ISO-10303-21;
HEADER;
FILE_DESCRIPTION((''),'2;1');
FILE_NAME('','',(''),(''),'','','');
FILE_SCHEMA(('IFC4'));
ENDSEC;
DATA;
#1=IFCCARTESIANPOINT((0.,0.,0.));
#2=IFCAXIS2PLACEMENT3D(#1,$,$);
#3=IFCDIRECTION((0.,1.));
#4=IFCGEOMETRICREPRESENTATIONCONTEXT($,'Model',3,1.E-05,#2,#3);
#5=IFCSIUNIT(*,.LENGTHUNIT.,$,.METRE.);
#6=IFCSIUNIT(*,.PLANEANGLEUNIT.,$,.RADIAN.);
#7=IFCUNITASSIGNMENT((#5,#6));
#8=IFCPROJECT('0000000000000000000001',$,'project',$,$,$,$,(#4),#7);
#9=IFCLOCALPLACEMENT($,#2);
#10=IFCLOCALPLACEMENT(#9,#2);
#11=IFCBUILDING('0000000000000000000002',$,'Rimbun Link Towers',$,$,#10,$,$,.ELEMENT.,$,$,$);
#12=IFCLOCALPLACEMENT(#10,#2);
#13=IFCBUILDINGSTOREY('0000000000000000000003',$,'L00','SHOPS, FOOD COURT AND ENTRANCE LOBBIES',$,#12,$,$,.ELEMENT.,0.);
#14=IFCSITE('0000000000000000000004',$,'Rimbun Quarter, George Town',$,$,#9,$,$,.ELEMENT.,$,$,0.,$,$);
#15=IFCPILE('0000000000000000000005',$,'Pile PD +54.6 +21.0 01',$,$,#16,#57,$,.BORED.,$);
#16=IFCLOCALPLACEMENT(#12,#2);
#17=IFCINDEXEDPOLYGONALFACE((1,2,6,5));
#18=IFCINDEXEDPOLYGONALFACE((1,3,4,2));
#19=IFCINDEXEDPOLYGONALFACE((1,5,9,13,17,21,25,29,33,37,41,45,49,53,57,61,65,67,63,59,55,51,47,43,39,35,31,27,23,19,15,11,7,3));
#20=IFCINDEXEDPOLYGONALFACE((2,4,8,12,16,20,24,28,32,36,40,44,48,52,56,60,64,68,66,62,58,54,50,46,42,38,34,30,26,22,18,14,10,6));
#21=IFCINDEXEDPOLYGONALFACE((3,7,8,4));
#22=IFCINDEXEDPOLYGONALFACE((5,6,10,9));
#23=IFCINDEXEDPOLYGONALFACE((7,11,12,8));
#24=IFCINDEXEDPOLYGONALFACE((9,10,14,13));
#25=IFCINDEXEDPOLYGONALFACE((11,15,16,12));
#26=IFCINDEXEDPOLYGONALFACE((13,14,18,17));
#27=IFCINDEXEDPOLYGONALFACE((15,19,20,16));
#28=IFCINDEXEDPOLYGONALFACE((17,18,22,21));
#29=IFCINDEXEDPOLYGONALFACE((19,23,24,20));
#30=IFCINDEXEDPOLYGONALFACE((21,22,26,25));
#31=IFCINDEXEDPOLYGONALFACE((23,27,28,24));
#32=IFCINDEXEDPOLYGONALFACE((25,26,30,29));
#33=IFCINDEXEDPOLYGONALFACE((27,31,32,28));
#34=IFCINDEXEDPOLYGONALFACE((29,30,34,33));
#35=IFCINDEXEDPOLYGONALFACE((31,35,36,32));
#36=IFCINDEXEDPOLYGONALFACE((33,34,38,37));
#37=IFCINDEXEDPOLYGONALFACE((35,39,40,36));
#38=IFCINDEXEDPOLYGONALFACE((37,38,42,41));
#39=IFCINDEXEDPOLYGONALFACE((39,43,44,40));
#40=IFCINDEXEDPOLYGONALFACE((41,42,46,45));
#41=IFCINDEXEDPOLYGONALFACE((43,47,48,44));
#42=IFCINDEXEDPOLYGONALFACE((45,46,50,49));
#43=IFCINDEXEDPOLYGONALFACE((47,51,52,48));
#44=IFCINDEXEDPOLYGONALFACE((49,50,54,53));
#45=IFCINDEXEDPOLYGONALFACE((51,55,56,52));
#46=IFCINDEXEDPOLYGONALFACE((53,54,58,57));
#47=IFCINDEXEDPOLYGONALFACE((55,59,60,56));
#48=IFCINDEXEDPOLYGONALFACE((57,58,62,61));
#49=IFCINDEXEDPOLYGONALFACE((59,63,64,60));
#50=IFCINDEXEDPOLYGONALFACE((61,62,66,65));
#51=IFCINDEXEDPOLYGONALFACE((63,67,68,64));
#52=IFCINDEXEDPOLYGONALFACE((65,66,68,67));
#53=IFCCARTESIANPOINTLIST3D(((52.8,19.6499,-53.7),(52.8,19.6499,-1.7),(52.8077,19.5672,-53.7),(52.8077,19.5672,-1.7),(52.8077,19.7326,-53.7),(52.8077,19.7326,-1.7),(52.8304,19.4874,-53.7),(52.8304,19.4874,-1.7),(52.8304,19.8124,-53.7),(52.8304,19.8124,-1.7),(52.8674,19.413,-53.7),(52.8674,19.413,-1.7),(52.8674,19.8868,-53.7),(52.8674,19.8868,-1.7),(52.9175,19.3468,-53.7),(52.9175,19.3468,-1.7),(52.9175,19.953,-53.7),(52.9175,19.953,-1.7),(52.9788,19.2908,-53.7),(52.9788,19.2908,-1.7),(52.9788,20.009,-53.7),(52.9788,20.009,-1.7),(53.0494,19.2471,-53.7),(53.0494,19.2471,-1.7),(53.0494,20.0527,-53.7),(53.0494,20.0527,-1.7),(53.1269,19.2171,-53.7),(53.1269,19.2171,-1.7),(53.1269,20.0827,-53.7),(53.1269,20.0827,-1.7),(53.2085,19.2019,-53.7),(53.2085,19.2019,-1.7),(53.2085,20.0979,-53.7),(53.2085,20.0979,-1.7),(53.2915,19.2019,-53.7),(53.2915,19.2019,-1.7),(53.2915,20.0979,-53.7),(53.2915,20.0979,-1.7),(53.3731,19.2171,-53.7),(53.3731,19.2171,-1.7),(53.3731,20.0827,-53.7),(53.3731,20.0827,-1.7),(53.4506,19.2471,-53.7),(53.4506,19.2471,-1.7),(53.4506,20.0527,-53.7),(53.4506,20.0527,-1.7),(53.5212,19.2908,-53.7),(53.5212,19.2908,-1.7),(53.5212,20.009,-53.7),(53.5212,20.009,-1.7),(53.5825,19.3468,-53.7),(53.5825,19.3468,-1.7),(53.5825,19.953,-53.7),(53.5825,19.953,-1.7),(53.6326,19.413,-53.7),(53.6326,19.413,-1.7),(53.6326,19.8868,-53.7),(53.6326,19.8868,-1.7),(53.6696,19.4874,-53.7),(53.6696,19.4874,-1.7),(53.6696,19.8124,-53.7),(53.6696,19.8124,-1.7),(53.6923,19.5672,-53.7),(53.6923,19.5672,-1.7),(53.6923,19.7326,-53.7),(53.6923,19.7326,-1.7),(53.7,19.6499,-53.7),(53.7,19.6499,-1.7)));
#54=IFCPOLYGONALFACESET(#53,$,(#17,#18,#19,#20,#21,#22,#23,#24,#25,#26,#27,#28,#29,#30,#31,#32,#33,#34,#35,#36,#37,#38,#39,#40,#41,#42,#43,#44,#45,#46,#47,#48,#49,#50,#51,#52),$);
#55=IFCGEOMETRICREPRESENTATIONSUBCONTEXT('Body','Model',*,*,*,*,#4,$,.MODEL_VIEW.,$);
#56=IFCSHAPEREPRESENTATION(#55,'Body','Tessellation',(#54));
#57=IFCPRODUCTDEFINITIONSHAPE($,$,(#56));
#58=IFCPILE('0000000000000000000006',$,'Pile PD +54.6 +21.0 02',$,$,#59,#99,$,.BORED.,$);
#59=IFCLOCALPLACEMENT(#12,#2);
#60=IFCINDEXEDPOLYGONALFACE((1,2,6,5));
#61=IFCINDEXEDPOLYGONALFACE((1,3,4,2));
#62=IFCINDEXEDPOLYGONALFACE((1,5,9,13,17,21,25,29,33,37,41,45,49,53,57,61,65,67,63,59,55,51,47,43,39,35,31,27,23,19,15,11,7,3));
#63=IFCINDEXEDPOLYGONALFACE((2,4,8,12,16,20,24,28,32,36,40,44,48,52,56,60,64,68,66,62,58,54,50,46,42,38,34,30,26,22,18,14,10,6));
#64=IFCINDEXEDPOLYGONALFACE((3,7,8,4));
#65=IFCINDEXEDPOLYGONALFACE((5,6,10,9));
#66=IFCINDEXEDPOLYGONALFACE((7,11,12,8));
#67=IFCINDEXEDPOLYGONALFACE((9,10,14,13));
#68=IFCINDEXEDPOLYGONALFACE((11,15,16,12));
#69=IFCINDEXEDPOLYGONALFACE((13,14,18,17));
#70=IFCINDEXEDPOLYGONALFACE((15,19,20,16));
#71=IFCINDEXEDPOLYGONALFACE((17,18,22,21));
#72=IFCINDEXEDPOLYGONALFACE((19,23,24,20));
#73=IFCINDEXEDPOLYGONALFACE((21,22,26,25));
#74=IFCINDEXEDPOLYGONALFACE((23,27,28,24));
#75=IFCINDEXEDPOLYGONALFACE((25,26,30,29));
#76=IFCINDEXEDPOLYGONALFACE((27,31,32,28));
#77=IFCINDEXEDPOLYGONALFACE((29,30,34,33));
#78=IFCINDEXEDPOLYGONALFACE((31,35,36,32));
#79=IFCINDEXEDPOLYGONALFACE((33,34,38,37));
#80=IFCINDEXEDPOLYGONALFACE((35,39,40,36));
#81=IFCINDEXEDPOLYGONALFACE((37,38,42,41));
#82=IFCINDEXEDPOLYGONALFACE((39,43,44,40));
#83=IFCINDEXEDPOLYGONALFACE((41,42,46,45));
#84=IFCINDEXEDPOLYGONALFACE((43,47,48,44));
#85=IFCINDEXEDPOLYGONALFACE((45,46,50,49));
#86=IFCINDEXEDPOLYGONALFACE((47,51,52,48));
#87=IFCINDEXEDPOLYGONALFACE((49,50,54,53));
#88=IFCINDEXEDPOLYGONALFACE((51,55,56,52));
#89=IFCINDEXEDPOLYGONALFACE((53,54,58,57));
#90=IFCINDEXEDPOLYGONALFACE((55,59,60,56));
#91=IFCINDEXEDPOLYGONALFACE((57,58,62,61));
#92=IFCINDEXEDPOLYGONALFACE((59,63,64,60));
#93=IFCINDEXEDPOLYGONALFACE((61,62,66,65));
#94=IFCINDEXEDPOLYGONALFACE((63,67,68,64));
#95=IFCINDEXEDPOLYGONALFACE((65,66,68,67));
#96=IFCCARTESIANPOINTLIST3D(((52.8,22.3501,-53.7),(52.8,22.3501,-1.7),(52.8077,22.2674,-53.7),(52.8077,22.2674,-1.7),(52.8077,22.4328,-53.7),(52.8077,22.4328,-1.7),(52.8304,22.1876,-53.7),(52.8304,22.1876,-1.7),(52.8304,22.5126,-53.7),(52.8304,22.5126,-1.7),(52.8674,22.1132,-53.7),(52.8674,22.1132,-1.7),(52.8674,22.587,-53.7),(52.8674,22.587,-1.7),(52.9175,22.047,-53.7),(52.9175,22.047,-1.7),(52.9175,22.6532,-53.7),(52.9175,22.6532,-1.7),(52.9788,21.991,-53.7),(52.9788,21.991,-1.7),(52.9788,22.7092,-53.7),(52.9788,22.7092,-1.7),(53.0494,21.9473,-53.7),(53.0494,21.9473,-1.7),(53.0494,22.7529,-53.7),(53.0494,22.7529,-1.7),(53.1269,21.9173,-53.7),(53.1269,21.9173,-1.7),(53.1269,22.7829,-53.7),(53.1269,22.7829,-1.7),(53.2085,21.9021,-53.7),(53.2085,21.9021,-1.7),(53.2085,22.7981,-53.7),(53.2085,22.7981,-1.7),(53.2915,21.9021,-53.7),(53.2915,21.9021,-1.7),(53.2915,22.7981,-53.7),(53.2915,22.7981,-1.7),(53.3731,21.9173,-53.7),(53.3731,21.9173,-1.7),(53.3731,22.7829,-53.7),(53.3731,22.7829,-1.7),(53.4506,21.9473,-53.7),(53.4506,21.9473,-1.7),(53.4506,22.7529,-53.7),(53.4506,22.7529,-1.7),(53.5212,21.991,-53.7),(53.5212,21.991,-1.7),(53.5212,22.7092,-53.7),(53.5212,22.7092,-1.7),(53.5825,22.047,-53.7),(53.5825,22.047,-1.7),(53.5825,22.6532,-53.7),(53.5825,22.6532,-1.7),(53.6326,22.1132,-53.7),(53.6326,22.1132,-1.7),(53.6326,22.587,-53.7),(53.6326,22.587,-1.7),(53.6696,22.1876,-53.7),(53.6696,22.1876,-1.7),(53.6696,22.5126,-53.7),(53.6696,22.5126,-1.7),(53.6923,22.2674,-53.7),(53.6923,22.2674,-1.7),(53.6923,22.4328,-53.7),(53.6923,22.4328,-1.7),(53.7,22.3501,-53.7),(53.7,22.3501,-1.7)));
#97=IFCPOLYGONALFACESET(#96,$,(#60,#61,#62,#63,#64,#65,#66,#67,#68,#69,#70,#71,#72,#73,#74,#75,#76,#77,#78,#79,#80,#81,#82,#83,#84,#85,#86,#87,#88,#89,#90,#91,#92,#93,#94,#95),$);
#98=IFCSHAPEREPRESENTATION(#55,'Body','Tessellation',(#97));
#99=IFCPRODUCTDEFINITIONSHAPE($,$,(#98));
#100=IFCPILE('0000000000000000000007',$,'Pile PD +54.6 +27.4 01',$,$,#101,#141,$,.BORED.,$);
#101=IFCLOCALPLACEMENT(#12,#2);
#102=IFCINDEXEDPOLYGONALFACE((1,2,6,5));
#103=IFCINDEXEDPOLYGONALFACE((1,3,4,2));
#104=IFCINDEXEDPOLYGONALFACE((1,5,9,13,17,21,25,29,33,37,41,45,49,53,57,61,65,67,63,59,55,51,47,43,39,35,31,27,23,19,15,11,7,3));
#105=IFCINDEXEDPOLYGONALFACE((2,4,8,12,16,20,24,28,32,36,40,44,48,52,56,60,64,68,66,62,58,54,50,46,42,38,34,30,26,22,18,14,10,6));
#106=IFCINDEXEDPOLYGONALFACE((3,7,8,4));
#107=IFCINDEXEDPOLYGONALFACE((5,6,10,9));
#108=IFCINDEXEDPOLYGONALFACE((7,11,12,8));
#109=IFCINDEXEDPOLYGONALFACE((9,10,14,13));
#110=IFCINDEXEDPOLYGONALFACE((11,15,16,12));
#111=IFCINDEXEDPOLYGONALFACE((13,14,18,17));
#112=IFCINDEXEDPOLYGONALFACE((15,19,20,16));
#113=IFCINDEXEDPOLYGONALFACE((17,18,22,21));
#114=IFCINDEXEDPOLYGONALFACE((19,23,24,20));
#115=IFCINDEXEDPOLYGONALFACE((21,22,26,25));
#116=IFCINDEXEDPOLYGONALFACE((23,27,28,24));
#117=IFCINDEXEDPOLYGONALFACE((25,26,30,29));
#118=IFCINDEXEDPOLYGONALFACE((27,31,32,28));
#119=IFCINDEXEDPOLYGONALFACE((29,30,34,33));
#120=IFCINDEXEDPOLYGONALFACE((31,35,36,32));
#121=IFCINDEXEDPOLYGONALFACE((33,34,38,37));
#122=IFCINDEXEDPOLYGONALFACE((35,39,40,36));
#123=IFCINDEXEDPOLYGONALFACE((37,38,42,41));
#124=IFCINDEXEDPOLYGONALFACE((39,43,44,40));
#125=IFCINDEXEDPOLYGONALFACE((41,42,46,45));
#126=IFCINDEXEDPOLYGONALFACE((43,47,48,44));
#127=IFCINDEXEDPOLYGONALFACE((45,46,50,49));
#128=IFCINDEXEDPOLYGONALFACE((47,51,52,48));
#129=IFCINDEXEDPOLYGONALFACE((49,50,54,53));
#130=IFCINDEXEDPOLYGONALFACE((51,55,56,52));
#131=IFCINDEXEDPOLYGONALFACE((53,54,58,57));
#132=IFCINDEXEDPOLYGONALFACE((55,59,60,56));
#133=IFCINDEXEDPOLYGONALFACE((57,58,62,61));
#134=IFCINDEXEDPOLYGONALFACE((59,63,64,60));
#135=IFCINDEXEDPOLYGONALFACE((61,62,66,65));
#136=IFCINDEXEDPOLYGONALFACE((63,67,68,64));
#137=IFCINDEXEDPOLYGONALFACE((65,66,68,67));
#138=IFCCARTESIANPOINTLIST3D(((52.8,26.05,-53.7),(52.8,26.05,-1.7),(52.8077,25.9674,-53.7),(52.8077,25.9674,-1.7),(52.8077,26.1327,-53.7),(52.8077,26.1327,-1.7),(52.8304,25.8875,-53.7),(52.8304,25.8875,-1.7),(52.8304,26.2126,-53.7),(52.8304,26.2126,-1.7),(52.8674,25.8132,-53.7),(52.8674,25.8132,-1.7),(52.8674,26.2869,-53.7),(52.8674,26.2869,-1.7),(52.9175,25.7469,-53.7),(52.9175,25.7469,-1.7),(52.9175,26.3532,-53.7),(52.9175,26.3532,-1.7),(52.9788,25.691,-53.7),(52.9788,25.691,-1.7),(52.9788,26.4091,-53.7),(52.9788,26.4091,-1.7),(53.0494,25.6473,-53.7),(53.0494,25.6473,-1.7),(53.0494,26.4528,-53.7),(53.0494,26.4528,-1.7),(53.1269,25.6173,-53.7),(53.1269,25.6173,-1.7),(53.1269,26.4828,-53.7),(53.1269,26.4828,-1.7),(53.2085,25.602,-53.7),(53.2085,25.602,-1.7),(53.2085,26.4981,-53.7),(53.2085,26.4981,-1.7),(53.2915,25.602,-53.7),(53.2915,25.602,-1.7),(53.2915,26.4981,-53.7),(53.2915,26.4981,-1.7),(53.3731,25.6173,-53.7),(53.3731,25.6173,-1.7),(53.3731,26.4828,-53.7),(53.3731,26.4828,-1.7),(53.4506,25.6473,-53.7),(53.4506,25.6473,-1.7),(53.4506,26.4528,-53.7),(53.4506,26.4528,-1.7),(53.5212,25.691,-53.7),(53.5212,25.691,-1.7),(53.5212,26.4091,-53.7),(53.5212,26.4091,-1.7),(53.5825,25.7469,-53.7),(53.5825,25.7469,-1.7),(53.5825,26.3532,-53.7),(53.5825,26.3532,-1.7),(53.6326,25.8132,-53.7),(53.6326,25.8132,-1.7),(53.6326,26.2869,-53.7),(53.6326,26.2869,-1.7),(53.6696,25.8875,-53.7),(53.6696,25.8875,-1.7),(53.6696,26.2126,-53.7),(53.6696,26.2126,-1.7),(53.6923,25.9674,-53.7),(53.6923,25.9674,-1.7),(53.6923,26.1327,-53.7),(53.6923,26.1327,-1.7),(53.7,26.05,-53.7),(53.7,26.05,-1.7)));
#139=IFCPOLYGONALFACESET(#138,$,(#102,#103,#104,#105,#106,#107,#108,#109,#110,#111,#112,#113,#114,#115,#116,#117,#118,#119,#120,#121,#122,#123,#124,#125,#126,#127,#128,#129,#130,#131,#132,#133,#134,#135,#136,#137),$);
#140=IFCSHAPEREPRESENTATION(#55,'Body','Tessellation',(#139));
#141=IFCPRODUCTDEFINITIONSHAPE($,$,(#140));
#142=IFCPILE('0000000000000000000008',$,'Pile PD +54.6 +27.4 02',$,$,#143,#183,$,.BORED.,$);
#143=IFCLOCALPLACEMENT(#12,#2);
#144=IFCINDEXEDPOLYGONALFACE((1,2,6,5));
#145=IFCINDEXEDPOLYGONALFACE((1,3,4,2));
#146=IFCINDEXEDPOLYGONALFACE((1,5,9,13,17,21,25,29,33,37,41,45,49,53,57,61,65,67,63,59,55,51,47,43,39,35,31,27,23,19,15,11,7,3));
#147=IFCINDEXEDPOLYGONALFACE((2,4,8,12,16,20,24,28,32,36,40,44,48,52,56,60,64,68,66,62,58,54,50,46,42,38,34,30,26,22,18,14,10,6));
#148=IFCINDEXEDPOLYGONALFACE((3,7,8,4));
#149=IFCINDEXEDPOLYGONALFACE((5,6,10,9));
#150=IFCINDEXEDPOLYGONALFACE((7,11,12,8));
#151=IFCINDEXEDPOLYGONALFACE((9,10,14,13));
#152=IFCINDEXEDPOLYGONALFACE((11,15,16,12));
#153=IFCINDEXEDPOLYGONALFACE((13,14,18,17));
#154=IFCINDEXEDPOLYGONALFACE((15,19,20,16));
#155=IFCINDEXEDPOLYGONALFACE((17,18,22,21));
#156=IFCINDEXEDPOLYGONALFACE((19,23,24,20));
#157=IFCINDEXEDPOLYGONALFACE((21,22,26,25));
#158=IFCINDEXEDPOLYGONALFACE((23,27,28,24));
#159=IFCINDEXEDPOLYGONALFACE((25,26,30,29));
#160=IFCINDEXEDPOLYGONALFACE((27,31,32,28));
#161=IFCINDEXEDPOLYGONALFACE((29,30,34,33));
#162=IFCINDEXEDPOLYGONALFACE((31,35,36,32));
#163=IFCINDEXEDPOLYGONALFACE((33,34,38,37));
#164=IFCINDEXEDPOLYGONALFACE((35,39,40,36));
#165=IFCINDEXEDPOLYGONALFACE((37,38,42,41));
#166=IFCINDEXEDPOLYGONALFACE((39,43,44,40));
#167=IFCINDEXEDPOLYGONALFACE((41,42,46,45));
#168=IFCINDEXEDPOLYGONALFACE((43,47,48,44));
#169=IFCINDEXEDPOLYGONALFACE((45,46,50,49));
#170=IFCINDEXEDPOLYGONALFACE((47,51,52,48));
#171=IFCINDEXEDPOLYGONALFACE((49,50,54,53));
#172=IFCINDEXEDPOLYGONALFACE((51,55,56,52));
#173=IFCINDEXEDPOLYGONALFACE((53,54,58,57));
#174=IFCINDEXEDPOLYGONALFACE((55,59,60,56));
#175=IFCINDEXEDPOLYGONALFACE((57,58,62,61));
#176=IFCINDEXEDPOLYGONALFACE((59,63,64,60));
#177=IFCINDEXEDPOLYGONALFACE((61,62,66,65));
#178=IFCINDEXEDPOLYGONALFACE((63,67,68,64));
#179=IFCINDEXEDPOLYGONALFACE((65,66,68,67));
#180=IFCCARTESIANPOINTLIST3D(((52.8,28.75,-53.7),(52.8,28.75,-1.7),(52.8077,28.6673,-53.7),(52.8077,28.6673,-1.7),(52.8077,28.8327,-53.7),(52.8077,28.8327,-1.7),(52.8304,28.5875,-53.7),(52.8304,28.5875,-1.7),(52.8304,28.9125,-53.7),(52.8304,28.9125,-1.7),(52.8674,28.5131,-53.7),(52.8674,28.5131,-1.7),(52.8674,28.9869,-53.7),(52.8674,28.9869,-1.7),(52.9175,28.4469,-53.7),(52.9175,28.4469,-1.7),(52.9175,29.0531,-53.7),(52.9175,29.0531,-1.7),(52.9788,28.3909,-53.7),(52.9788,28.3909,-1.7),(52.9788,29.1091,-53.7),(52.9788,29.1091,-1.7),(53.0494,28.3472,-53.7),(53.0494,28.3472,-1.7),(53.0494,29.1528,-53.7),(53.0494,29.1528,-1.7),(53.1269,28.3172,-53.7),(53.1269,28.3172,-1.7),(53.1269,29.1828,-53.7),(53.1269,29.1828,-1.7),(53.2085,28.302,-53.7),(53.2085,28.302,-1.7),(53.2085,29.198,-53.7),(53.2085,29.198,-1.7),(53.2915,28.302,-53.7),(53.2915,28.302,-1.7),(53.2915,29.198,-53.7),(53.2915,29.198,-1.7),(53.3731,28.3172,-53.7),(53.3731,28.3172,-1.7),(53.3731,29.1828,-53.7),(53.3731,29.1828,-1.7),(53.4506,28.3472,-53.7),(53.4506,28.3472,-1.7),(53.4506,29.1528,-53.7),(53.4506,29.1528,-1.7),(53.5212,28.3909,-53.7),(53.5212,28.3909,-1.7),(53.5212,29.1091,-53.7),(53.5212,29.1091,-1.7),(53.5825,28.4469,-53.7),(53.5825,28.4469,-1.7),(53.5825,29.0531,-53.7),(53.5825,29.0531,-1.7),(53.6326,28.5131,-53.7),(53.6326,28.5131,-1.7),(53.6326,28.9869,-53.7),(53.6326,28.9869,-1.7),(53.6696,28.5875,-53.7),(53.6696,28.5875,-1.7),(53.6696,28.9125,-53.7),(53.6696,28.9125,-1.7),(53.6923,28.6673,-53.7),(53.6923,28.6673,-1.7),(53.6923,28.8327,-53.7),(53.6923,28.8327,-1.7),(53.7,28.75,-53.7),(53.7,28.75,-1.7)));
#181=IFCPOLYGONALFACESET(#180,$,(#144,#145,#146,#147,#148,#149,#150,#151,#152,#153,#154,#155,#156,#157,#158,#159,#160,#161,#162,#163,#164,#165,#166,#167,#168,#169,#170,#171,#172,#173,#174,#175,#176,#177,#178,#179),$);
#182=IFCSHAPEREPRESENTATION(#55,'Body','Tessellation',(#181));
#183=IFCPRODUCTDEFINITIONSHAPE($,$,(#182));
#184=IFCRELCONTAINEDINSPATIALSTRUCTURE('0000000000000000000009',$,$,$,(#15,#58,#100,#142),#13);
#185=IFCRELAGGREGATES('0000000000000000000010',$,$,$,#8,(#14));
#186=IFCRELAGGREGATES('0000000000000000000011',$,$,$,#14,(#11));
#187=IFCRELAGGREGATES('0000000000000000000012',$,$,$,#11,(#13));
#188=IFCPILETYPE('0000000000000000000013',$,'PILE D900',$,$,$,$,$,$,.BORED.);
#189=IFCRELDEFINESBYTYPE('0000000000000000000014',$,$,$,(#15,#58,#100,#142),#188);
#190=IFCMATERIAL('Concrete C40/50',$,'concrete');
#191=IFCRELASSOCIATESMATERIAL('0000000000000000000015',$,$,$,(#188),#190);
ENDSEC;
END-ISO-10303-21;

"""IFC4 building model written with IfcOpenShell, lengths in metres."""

from ifc_helpers import new_model, si_unit, direction, frame, origin, origin_2d, place, context, subcontext, project, spatial, circle, extrude, material, material_profile, profile_set, type_object, element, save


model = new_model("IFC4")

# Units and contexts
model_context = context("Model", 3, precision=1e-05, world=origin(), true_north=direction((0.0, 1.0)))
body_context = subcontext(model_context, "Body", "Model", "MODEL_VIEW")
ifc_project = project(units=[si_unit("LENGTHUNIT", "METRE"), si_unit("PLANEANGLEUNIT", "RADIAN")], contexts=[model_context])

# Site, building, storey
site_placement = place(None, origin())
site = spatial("IfcSite", under=ifc_project, at=site_placement, Name="Rimbun Quarter, George Town", CompositionType="ELEMENT", RefElevation=0.0)
building_placement = place(site_placement, origin())
building = spatial("IfcBuilding", under=site, at=building_placement, Name="Rimbun Link Towers", CompositionType="ELEMENT")
storey_placement = place(building_placement, origin())
storey = spatial("IfcBuildingStorey", under=building, at=storey_placement, Name="L00", Description="SHOPS, FOOD COURT AND ENTRANCE LOBBIES", CompositionType="ELEMENT", Elevation=0.0)

# Piles
ifc_material_1 = material(Name="Concrete C40/50", Category="concrete")
ifc_material_profile_1 = material_profile(ifc_material_1, circle(Radius=0.45, at=origin_2d()), Name="PILE D900")
ifc_profile_set_1 = profile_set([ifc_material_profile_1], Name="Concrete C40/50")
pile_type_1 = type_object("IfcPileType", Name="PILE D900", PredefinedType="BORED", material=ifc_profile_set_1)
for number, where, z_axis, x_axis, name in (
    (1, (53.25, 19.6499, -1.7), (0.0, 0.0, -1.0), (1.0, 0.0, 0.0), "Pile PD +54.6 +21.0 01"),
    (2, (53.25, 22.3501, -1.7), (0.0, 0.0, -1.0), (1.0, 0.0, 0.0), "Pile PD +54.6 +21.0 02"),
    (3, (53.25, 26.05, -1.7), (0.0, 0.0, -1.0), (1.0, 0.0, 0.0), "Pile PD +54.6 +27.4 01"),
    (4, (53.25, 28.75, -1.7), (0.0, 0.0, -1.0), (1.0, 0.0, 0.0), "Pile PD +54.6 +27.4 02"),
):
    element("IfcPile", number, at=place(storey_placement, frame(where, z_axis=z_axis, x_axis=x_axis)), inside=storey, type_object=pile_type_1, Name=name, PredefinedType="BORED", context=body_context, shape_type="SweptSolid", body=[
        extrude(circle(Radius=0.45, at=origin_2d()), origin(), (0.0, 0.0, 1.0), 52.0),
    ])

save(model, "model.ifc")
